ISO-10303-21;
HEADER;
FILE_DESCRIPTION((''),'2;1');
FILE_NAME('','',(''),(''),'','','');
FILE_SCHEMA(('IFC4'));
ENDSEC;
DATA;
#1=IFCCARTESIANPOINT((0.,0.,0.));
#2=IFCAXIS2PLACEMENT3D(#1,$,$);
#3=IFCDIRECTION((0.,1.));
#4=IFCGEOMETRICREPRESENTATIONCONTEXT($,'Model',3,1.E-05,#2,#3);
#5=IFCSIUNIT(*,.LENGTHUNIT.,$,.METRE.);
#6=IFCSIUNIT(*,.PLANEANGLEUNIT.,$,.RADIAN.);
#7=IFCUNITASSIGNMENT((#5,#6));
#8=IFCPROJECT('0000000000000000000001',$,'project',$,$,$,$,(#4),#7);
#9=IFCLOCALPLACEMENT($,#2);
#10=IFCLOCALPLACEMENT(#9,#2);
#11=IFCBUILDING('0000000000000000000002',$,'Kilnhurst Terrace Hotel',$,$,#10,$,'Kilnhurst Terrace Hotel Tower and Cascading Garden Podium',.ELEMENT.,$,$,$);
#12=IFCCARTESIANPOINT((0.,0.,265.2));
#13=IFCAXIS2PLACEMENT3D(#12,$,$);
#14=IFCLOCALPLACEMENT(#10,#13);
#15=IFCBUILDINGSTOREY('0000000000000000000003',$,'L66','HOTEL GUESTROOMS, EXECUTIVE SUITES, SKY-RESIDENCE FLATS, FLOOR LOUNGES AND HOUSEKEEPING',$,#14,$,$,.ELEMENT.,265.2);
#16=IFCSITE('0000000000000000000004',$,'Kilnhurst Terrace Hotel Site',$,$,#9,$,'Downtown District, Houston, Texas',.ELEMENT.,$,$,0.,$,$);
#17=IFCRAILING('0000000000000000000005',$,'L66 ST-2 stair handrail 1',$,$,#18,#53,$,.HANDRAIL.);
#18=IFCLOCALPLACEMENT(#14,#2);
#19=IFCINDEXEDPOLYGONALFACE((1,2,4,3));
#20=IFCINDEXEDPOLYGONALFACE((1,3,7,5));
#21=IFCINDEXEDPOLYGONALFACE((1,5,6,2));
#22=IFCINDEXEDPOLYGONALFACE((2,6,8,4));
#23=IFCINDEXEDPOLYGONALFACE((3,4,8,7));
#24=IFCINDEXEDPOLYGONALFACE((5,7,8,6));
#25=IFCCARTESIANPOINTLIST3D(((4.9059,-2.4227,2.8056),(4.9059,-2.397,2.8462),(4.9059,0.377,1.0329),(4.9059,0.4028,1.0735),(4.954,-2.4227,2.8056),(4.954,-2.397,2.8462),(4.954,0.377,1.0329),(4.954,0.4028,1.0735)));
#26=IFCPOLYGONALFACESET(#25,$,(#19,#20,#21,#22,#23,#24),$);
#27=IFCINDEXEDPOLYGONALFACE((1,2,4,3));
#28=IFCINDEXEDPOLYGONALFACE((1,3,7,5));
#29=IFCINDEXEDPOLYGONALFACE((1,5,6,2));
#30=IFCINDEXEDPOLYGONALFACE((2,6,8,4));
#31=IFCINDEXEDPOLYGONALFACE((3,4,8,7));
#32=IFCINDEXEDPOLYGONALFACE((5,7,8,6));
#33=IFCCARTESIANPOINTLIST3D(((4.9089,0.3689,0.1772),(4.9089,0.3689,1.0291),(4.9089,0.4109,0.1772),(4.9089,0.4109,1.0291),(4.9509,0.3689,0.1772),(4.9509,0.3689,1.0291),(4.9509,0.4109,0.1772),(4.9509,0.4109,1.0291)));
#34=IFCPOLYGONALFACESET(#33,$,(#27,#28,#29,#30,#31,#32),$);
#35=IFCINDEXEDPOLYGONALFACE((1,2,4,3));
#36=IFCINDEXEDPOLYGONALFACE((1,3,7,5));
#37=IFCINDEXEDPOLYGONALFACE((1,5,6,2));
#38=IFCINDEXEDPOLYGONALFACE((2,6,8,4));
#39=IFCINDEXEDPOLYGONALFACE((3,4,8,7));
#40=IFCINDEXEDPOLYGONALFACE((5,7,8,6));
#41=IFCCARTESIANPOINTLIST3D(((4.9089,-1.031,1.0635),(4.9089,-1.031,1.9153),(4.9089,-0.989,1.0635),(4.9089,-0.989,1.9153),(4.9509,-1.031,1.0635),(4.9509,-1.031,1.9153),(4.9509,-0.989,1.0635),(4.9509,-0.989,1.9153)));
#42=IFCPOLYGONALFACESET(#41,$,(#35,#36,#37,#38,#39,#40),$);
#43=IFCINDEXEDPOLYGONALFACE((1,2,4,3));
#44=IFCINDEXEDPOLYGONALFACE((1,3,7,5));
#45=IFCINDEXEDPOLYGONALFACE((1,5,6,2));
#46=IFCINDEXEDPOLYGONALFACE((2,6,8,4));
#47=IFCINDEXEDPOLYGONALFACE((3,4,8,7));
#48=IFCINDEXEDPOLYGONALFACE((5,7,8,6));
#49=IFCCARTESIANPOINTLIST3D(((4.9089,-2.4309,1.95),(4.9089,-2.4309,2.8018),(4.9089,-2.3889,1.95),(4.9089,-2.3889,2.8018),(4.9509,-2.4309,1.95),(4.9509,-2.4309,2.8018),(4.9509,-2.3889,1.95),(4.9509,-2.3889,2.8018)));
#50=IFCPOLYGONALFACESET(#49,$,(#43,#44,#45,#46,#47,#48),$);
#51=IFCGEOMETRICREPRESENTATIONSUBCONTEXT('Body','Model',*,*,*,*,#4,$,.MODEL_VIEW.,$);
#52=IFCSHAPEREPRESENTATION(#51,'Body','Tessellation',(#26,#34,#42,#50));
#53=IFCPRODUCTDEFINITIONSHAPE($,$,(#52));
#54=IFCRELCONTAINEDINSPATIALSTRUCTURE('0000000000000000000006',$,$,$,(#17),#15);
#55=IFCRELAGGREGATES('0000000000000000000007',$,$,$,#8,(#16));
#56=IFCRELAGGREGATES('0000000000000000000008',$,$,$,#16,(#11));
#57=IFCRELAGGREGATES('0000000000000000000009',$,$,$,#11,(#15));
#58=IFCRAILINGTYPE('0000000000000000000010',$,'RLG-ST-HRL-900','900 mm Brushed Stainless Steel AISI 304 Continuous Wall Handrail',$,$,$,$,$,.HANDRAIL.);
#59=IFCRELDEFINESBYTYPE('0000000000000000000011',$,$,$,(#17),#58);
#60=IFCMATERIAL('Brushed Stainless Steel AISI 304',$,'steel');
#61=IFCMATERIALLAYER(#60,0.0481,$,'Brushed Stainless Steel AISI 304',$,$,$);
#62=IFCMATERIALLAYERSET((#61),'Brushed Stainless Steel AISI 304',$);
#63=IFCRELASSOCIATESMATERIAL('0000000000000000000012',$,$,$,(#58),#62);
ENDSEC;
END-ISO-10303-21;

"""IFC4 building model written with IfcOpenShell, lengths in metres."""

from ifc_helpers import new_model, si_unit, direction, frame, origin, origin_2d, place, context, subcontext, project, spatial, rectangle, extrude, material, layer, layer_set, type_object, element, save


model = new_model("IFC4")

# Units and contexts
model_context = context("Model", 3, precision=1e-05, world=origin(), true_north=direction((0.0, 1.0)))
body_context = subcontext(model_context, "Body", "Model", "MODEL_VIEW")
ifc_project = project(units=[si_unit("LENGTHUNIT", "METRE"), si_unit("PLANEANGLEUNIT", "RADIAN")], contexts=[model_context])

# Site, building, storey
site_placement = place(None, origin())
site = spatial("IfcSite", under=ifc_project, at=site_placement, Name="Kilnhurst Terrace Hotel Site", LongName="Downtown District, Houston, Texas", CompositionType="ELEMENT", RefElevation=0.0)
building_placement = place(site_placement, origin())
building = spatial("IfcBuilding", under=site, at=building_placement, Name="Kilnhurst Terrace Hotel", LongName="Kilnhurst Terrace Hotel Tower and Cascading Garden Podium", CompositionType="ELEMENT")
storey_placement = place(building_placement, frame((0.0, 0.0, 265.2)))
storey = spatial("IfcBuildingStorey", under=building, at=storey_placement, Name="L66", Description="HOTEL GUESTROOMS, EXECUTIVE SUITES, SKY-RESIDENCE FLATS, FLOOR LOUNGES AND HOUSEKEEPING", CompositionType="ELEMENT", Elevation=265.2)

# Railing
ifc_material_1 = material(Name="Brushed Stainless Steel AISI 304", Category="steel")
ifc_layer_1 = layer(ifc_material_1, 0.0481, Name="Brushed Stainless Steel AISI 304")
ifc_layer_set_1 = layer_set([ifc_layer_1], Name="Brushed Stainless Steel AISI 304")
railing_type_1 = type_object("IfcRailingType", Name="RLG-ST-HRL-900", Description="900 mm Brushed Stainless Steel AISI 304 Continuous Wall Handrail", PredefinedType="HANDRAIL", material=ifc_layer_set_1)
railing_1_placement = place(storey_placement, frame((4.9299, 0.3899, 0.1772)))
element("IfcRailing", 1, at=railing_1_placement, inside=storey, type_object=railing_type_1, Name="L66 ST-2 stair handrail 1", PredefinedType="HANDRAIL", context=body_context, shape_type="SweptSolid", body=[
    extrude(rectangle(XDim=0.0481, YDim=0.0481, at=origin_2d()), frame((0.0, 0.0, 0.876), z_axis=(0.0, -0.844888, 0.534943), x_axis=(1.0, 0.0, 0.0)), (0.0, 0.0, 1.0), 3.3137),
    extrude(rectangle(XDim=0.042, YDim=0.042, at=origin_2d()), origin(), (0.0, 0.0, 1.0), 0.8518),
    extrude(rectangle(XDim=0.042, YDim=0.042, at=origin_2d()), frame((0.0, -1.3999, 0.8862)), (0.0, 0.0, 1.0), 0.8518),
    extrude(rectangle(XDim=0.042, YDim=0.042, at=origin_2d()), frame((0.0, -2.7998, 1.7727)), (0.0, 0.0, 1.0), 0.8518),
])

save(model, "model.ifc")
